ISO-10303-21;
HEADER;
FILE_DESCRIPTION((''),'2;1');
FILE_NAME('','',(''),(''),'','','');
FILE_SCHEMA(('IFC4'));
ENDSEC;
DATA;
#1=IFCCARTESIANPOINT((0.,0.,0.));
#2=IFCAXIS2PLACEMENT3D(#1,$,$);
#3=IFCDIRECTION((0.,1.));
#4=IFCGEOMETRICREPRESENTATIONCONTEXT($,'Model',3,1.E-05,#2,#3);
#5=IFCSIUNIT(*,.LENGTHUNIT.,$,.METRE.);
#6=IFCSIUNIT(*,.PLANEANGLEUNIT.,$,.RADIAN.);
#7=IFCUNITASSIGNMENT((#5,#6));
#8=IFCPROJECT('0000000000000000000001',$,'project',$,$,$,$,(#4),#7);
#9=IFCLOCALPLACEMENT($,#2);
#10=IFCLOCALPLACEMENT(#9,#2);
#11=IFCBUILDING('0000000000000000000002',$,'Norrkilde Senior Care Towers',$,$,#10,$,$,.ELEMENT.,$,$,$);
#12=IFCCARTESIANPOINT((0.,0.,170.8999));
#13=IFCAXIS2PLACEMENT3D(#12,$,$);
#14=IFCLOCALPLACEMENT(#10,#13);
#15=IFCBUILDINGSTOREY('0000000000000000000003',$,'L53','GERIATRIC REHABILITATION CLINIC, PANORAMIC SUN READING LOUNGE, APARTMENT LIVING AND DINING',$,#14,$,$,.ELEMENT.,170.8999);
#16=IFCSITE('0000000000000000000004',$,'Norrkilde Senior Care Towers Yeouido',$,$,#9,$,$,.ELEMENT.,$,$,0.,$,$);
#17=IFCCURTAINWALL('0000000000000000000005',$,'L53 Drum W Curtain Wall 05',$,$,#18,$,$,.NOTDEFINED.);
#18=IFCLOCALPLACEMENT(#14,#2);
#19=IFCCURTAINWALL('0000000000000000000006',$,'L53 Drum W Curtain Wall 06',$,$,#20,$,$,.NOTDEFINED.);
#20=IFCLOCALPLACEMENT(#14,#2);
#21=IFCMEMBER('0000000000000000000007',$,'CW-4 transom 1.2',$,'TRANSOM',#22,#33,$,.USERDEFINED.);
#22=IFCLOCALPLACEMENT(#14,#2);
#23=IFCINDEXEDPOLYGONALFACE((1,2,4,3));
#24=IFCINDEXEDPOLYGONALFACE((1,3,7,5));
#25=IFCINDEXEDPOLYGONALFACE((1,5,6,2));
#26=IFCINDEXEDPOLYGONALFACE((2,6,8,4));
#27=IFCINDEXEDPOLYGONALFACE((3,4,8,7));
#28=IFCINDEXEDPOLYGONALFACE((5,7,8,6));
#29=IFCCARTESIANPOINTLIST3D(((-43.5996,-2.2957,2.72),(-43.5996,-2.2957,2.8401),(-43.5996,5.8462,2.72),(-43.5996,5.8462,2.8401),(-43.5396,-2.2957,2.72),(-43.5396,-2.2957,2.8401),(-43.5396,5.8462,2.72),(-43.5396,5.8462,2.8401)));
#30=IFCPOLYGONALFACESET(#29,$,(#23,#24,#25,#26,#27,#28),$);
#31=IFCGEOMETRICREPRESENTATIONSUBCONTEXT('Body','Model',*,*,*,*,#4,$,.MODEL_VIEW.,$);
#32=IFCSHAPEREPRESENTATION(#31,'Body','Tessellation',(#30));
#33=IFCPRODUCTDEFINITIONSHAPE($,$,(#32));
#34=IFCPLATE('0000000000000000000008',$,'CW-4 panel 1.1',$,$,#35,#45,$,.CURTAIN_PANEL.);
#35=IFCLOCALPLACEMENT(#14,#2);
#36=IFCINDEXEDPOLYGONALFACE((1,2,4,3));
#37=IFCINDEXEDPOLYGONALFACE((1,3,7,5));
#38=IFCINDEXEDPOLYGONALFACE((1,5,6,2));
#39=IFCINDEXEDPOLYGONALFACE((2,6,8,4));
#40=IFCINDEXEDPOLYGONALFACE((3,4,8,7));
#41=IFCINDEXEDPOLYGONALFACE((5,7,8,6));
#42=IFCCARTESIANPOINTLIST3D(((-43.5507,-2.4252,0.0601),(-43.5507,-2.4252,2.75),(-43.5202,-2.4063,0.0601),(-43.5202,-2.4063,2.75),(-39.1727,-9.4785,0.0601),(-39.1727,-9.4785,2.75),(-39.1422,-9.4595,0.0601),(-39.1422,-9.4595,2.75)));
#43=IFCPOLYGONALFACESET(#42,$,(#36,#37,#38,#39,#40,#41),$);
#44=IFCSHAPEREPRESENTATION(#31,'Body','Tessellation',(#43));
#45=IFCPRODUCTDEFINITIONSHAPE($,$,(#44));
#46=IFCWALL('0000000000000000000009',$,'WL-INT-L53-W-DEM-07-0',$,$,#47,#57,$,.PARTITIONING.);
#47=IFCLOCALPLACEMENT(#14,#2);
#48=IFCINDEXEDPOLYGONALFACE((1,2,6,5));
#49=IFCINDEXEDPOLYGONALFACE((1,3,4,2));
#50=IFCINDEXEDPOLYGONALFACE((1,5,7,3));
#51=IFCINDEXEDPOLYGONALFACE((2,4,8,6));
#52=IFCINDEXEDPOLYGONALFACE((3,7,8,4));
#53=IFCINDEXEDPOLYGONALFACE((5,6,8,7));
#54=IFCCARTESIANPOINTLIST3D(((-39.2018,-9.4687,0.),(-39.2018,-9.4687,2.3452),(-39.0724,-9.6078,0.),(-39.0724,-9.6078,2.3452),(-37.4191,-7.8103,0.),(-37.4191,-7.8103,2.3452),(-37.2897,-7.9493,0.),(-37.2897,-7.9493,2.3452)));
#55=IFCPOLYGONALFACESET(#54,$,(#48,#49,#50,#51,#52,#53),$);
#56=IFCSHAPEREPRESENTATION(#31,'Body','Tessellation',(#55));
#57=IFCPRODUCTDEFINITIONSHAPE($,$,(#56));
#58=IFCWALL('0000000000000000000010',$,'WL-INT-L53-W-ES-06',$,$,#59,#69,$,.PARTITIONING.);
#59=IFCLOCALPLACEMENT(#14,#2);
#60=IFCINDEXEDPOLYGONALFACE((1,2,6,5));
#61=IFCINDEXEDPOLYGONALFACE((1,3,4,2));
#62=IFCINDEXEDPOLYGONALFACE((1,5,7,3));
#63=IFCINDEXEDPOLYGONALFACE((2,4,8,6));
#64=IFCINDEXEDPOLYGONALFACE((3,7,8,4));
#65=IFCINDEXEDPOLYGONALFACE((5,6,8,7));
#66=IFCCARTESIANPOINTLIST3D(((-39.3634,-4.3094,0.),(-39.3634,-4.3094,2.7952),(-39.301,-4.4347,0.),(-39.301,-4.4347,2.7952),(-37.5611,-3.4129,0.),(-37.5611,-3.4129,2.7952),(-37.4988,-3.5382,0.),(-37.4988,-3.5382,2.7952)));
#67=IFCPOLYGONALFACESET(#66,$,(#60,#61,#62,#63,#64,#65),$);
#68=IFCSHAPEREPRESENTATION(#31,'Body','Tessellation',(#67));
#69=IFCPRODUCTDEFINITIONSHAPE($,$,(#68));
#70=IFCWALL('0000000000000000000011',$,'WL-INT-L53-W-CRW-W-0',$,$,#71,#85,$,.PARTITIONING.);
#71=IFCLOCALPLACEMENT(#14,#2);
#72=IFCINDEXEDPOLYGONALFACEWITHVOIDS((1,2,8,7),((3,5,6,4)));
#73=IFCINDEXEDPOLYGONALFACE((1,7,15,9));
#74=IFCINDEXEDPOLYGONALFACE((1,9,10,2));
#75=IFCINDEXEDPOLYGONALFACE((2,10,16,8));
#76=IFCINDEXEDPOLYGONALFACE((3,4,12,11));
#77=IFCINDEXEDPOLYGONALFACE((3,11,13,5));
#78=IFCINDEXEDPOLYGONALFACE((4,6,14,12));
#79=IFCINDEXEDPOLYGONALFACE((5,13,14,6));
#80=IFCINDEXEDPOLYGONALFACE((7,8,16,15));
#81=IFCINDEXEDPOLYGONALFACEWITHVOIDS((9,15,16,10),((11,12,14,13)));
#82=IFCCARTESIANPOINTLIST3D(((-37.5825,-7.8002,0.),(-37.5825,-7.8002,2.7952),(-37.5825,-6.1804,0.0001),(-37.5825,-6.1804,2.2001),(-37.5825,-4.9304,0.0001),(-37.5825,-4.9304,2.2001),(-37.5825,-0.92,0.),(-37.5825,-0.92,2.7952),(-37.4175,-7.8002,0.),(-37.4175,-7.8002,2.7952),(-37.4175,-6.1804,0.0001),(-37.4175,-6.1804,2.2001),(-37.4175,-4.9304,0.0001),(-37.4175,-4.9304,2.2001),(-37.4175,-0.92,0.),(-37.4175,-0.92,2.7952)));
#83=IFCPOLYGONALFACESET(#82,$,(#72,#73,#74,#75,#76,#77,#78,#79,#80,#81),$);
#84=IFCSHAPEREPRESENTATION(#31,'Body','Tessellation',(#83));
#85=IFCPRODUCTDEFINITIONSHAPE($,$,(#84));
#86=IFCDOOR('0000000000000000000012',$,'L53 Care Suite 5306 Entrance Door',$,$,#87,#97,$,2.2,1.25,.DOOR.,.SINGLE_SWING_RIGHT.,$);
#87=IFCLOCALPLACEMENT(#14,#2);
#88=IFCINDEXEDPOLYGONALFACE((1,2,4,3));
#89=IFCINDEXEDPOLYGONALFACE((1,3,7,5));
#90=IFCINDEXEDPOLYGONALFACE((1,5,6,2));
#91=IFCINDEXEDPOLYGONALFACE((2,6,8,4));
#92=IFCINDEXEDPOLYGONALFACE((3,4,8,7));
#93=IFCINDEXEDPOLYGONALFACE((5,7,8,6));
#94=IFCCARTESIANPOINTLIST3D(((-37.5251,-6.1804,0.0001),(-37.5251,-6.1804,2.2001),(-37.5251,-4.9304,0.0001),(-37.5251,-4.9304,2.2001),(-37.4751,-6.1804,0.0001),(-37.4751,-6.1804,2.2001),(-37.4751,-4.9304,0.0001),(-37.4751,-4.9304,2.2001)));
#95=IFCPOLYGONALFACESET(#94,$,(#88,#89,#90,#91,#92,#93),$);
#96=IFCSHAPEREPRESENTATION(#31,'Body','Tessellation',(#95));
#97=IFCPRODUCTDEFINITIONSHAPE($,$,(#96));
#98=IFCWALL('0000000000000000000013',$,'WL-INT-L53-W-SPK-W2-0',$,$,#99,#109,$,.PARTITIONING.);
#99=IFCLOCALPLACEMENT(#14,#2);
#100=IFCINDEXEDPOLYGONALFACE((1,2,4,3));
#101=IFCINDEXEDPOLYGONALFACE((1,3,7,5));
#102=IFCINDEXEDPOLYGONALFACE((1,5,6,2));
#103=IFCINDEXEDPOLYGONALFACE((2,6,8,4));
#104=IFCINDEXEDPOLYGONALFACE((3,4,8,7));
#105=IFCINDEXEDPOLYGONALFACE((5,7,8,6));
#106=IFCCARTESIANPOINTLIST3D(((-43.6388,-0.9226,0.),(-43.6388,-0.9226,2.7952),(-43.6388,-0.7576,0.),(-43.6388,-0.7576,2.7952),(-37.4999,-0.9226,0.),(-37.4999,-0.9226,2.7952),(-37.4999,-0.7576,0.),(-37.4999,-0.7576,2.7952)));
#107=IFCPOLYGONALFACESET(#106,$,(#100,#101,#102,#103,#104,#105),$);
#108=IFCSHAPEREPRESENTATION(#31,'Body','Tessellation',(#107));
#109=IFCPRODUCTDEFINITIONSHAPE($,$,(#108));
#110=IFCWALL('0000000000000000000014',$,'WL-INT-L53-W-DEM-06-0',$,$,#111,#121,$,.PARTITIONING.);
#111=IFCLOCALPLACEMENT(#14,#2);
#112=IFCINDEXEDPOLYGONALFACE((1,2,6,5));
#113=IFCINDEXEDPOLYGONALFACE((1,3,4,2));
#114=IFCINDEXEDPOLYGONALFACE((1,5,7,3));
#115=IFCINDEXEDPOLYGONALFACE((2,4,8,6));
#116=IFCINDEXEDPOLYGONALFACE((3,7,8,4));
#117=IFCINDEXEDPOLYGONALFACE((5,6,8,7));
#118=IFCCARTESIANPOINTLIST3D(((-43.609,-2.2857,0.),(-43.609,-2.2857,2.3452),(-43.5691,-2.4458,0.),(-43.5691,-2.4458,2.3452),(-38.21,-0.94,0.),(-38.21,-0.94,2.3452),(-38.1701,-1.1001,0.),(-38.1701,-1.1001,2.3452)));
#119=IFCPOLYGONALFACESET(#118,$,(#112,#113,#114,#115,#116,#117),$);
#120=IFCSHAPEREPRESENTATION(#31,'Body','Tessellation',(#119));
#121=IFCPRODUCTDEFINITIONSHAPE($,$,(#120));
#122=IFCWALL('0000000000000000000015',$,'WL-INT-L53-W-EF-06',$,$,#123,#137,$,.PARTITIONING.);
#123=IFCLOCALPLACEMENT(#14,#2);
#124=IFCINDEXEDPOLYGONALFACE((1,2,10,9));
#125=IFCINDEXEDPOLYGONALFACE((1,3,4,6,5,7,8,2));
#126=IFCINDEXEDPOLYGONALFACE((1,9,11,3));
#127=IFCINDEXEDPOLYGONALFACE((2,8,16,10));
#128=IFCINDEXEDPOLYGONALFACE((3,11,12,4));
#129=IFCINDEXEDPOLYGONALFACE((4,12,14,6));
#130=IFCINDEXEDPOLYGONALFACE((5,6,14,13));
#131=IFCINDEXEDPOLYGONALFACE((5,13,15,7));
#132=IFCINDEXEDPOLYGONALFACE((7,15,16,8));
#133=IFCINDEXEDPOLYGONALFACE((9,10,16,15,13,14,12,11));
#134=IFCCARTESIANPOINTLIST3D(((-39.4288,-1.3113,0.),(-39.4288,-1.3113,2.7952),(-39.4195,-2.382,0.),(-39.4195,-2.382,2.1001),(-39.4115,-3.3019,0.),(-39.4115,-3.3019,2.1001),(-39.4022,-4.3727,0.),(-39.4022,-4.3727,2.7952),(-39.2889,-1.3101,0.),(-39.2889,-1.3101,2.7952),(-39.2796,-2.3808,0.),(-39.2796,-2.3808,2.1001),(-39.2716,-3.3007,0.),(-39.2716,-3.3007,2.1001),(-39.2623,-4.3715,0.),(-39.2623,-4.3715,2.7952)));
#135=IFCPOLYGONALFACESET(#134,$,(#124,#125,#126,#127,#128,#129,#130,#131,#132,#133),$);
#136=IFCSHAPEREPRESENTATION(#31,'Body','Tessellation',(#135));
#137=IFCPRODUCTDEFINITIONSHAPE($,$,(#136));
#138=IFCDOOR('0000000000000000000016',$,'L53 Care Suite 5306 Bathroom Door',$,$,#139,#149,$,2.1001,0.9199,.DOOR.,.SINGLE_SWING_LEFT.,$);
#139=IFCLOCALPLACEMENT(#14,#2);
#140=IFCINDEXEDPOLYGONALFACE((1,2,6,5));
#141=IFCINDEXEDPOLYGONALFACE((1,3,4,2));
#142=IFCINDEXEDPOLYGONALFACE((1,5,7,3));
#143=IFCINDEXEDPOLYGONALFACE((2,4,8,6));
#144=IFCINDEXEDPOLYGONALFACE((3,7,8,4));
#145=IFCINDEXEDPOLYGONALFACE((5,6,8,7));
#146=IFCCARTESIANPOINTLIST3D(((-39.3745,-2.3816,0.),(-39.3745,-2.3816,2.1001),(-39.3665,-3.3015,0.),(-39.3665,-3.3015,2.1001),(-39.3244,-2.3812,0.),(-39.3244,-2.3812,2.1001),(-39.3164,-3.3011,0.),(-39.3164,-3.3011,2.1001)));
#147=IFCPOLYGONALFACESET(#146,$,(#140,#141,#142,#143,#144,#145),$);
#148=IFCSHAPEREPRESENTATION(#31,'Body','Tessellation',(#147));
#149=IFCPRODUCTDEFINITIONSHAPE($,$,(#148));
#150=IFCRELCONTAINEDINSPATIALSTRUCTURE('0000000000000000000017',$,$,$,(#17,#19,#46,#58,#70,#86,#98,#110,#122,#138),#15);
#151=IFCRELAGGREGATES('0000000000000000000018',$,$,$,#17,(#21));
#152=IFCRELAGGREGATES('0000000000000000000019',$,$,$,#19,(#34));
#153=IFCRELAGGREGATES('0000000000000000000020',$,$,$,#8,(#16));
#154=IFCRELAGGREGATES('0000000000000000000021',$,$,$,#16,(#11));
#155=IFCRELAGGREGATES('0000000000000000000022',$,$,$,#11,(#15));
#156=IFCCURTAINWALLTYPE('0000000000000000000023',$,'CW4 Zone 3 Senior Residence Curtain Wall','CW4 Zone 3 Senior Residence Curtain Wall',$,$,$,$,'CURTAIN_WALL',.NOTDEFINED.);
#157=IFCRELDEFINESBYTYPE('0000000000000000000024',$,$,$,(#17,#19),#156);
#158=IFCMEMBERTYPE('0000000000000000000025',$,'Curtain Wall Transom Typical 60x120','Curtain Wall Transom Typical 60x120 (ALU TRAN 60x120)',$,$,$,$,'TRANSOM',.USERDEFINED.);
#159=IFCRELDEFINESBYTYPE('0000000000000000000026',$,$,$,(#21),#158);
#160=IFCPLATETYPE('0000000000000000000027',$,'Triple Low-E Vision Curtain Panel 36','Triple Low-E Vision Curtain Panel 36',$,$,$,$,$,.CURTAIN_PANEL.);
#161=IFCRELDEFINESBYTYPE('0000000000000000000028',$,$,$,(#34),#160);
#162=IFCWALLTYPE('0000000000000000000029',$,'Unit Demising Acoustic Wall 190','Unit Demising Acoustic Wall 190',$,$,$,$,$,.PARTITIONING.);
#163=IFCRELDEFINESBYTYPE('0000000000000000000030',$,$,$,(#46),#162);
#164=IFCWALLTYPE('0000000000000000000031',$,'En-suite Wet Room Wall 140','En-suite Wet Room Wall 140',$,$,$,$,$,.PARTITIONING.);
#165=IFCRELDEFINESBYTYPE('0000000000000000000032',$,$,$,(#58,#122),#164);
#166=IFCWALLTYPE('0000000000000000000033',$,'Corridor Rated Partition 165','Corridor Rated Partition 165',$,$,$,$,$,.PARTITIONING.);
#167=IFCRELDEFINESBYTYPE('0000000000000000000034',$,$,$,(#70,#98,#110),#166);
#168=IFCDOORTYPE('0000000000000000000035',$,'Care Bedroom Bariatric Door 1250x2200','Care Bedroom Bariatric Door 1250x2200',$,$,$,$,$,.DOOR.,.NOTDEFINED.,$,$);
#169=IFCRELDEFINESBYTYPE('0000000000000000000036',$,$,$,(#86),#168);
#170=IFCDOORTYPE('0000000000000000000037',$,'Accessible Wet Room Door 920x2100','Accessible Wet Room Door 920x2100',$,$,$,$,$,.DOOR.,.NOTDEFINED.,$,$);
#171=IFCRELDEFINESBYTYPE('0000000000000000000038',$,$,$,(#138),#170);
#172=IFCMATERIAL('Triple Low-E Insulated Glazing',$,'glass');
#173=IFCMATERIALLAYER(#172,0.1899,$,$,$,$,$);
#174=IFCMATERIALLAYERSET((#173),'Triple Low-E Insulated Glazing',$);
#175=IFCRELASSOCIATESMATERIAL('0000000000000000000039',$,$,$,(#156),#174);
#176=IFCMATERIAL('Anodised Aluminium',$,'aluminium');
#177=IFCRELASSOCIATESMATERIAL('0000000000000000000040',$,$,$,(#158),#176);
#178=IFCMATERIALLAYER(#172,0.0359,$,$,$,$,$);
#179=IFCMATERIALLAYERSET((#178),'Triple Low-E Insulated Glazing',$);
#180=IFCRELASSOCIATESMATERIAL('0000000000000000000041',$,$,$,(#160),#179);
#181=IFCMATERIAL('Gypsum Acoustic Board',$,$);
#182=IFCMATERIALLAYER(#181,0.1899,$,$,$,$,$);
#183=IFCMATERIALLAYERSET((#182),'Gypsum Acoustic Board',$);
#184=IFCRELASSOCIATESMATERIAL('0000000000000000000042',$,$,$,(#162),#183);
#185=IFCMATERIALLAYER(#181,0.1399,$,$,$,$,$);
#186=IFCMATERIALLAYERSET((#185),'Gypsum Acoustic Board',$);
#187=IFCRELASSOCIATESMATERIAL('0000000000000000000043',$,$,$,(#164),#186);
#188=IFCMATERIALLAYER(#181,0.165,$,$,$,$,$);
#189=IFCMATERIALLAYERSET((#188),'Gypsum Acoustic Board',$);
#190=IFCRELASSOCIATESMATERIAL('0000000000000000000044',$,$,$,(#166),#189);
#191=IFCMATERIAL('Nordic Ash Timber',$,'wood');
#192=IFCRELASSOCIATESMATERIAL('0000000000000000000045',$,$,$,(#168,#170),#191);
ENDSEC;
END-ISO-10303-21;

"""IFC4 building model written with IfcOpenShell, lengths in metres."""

from ifc_helpers import new_model, si_unit, direction, frame, frame_2d, origin, origin_2d, place, context, subcontext, project, spatial, rectangle, extrude, source, transform, mapped, material, layer, layer_set, material_profile, profile_set, type_object, type_shapes, element, fill, aggregate, save


model = new_model("IFC4")

# Units and contexts
model_context = context("Model", 3, precision=1e-05, world=origin(), true_north=direction((0.0, 1.0)))
body_context = subcontext(model_context, "Body", "Model", "MODEL_VIEW")
ifc_project = project(units=[si_unit("LENGTHUNIT", "METRE"), si_unit("PLANEANGLEUNIT", "RADIAN")], contexts=[model_context])

# Site, building, storey
site_placement = place(None, origin())
site = spatial("IfcSite", under=ifc_project, at=site_placement, Name="Norrkilde Senior Care Towers Yeouido", CompositionType="ELEMENT", RefElevation=0.0)
building_placement = place(site_placement, origin())
building = spatial("IfcBuilding", under=site, at=building_placement, Name="Norrkilde Senior Care Towers", CompositionType="ELEMENT")
storey_placement = place(building_placement, frame((0.0, 0.0, 170.8999)))
storey = spatial("IfcBuildingStorey", under=building, at=storey_placement, Name="L53", Description="GERIATRIC REHABILITATION CLINIC, PANORAMIC SUN READING LOUNGE, APARTMENT LIVING AND DINING", CompositionType="ELEMENT", Elevation=170.8999)

# Curtain wall
ifc_material_1 = material(Name="Triple Low-E Insulated Glazing", Category="glass")
ifc_layer_1 = layer(ifc_material_1, 0.1899)
ifc_layer_set_1 = layer_set([ifc_layer_1], Name="Triple Low-E Insulated Glazing")
curtain_wall_type = type_object("IfcCurtainWallType", Name="CW4 Zone 3 Senior Residence Curtain Wall", Description="CW4 Zone 3 Senior Residence Curtain Wall", ElementType="CURTAIN_WALL", PredefinedType="NOTDEFINED", material=ifc_layer_set_1)
curtain_wall_1_placement = place(storey_placement, origin())
curtain_wall_1 = element("IfcCurtainWall", 1, at=curtain_wall_1_placement, inside=storey, type_object=curtain_wall_type, Name="L53 Drum W Curtain Wall 05", PredefinedType="NOTDEFINED")
ifc_material_2 = material(Name="Anodised Aluminium", Category="aluminium")

# Curtain wall
curtain_wall_2_placement = place(storey_placement, origin())
curtain_wall_2 = element("IfcCurtainWall", 2, at=curtain_wall_2_placement, inside=storey, type_object=curtain_wall_type, Name="L53 Drum W Curtain Wall 06", PredefinedType="NOTDEFINED")
ifc_material_profile_1 = material_profile(ifc_material_2, rectangle(XDim=0.0601, YDim=0.1201, at=origin_2d()), Name="ALU TRAN 60x120")
ifc_profile_set_1 = profile_set([ifc_material_profile_1], Name="Anodised Aluminium")
member_type_1 = type_object("IfcMemberType", Name="Curtain Wall Transom Typical 60x120", Description="Curtain Wall Transom Typical 60x120 (ALU TRAN 60x120)", ElementType="TRANSOM", PredefinedType="USERDEFINED", material=ifc_profile_set_1)

# Member
shared_shape_1 = source(origin(), body_context, "Body", "SweptSolid", [
    extrude(rectangle(XDim=0.0601, YDim=0.1201, at=origin_2d()), origin(), (0.0, 0.0, 1.0), 8.1418),
])
member_1_placement = place(storey_placement, frame((-43.5696, -2.2957, 2.78), z_axis=(0.0, 1.0, 0.0), x_axis=(-1.0, 0.0, 0.0)))
member_1 = element("IfcMember", 3, at=member_1_placement, type_object=member_type_1, Name="CW-4 transom 1.2", ObjectType="TRANSOM", PredefinedType="USERDEFINED", context=body_context, shape_type="MappedRepresentation", body=[
    mapped(shared_shape_1, transform((0.0, 0.0, 0.0), x_axis=(1.0, 0.0, 0.0), y_axis=(0.0, 1.0, 0.0), z_axis=(0.0, 0.0, 1.0), scale=1.0)),
])
aggregate(curtain_wall_1, [member_1])

# Plate
ifc_layer_2 = layer(ifc_material_1, 0.0359)
ifc_layer_set_2 = layer_set([ifc_layer_2], Name="Triple Low-E Insulated Glazing")
plate_type = type_object("IfcPlateType", Name="Triple Low-E Vision Curtain Panel 36", Description="Triple Low-E Vision Curtain Panel 36", PredefinedType="CURTAIN_PANEL", material=ifc_layer_set_2)
shared_shape_2 = source(origin(), body_context, "Body", "SweptSolid", [
    extrude(rectangle(XDim=8.3015, YDim=0.0359, at=origin_2d()), origin(), (0.0, 0.0, 1.0), 2.6899),
])
type_shapes(plate_type, [shared_shape_2])
plate_placement = place(storey_placement, frame((-41.3464, -5.9424, 0.0601), z_axis=(0.0, 0.0, 1.0), x_axis=(-0.527373, 0.849634, 0.0)))
plate = element("IfcPlate", 4, at=plate_placement, type_object=plate_type, Name="CW-4 panel 1.1", PredefinedType="CURTAIN_PANEL", context=body_context, shape_type="MappedRepresentation", body=[
    mapped(shared_shape_2, transform((0.0, 0.0, 0.0), x_axis=(1.0, 0.0, 0.0), y_axis=(0.0, 1.0, 0.0), z_axis=(0.0, 0.0, 1.0), scale=1.0)),
])
aggregate(curtain_wall_2, [plate])

# Walls
ifc_material_3 = material(Name="Gypsum Acoustic Board")
ifc_layer_3 = layer(ifc_material_3, 0.1899)
ifc_layer_set_3 = layer_set([ifc_layer_3], Name="Gypsum Acoustic Board")
wall_type_1 = type_object("IfcWallType", Name="Unit Demising Acoustic Wall 190", Description="Unit Demising Acoustic Wall 190", PredefinedType="PARTITIONING", material=ifc_layer_set_3)
shared_shape_3 = source(origin(), body_context, "Body", "SweptSolid", [
    extrude(rectangle(XDim=2.4348, YDim=0.1899, at=frame_2d((1.2173, 0.0))), origin(), (0.0, 0.0, 1.0), 2.3452),
])
type_shapes(wall_type_1, [shared_shape_3])
wall_1_placement = place(storey_placement, frame((-37.3545, -7.8799, 0.0), z_axis=(0.0, 0.0, 1.0), x_axis=(-0.732165, -0.681128, 0.0)))
element("IfcWall", 5, at=wall_1_placement, inside=storey, type_object=wall_type_1, Name="WL-INT-L53-W-DEM-07-0", PredefinedType="PARTITIONING", context=body_context, shape_type="MappedRepresentation", body=[
    mapped(shared_shape_3, transform((0.0, 0.0, 0.0), x_axis=(1.0, 0.0, 0.0), y_axis=(0.0, 1.0, 0.0), z_axis=(0.0, 0.0, 1.0), scale=1.0)),
])
ifc_layer_4 = layer(ifc_material_3, 0.1399)
ifc_layer_set_4 = layer_set([ifc_layer_4], Name="Gypsum Acoustic Board")
wall_type_2 = type_object("IfcWallType", Name="En-suite Wet Room Wall 140", Description="En-suite Wet Room Wall 140", PredefinedType="PARTITIONING", material=ifc_layer_set_4)
shared_shape_4 = source(origin(), body_context, "Body", "SweptSolid", [
    extrude(rectangle(XDim=2.0129, YDim=0.1399, at=frame_2d((1.0063, 0.0))), origin(), (0.0, 0.0, 1.0), 2.7952),
])
wall_2_placement = place(storey_placement, frame((-37.53, -3.4756, 0.0), z_axis=(0.0, 0.0, 1.0), x_axis=(-0.895347, -0.445369, 0.0)))
element("IfcWall", 6, at=wall_2_placement, inside=storey, type_object=wall_type_2, Name="WL-INT-L53-W-ES-06", PredefinedType="PARTITIONING", context=body_context, shape_type="MappedRepresentation", body=[
    mapped(shared_shape_4, transform((0.0, 0.0, 0.0), x_axis=(1.0, 0.0, 0.0), y_axis=(0.0, 1.0, 0.0), z_axis=(0.0, 0.0, 1.0), scale=1.0)),
])

# Wall, opening, door
ifc_layer_5 = layer(ifc_material_3, 0.165)
ifc_layer_set_5 = layer_set([ifc_layer_5], Name="Gypsum Acoustic Board")
wall_type_3 = type_object("IfcWallType", Name="Corridor Rated Partition 165", Description="Corridor Rated Partition 165", PredefinedType="PARTITIONING", material=ifc_layer_set_5)
shared_shape_5 = source(origin(), body_context, "Body", "SweptSolid", [
    extrude(rectangle(XDim=6.8801, YDim=0.165, at=frame_2d((3.4399, 0.0))), origin(), (0.0, 0.0, 1.0), 2.7952),
])
wall_3_placement = place(storey_placement, frame((-37.5, -7.8, 0.0), z_axis=(0.0, 0.0, 1.0), x_axis=(0.0, 1.0, 0.0)))
wall_3 = element("IfcWall", 7, at=wall_3_placement, inside=storey, type_object=wall_type_3, Name="WL-INT-L53-W-CRW-W-0", PredefinedType="PARTITIONING", context=body_context, shape_type="MappedRepresentation", body=[
    mapped(shared_shape_5, transform((0.0, 0.0, 0.0), x_axis=(1.0, 0.0, 0.0), y_axis=(0.0, 1.0, 0.0), z_axis=(0.0, 0.0, 1.0), scale=1.0)),
])
opening_1_placement = place(wall_3_placement, frame((1.6196, 0.0, 0.0)))
opening_1 = element("IfcOpeningElement", 8, at=opening_1_placement, cuts=wall_3, PredefinedType="OPENING", context=body_context, shape_type="SweptSolid", body=[
    extrude(rectangle(XDim=1.25, YDim=2.2, at=frame_2d((0.625, 1.1001))), frame((0.0, 0.0925, 0.0), z_axis=(0.0, -1.0, 0.0), x_axis=(1.0, 0.0, 0.0)), (0.0, 0.0, 1.0), 0.1851),
])
ifc_material_4 = material(Name="Nordic Ash Timber", Category="wood")
door_type_1 = type_object("IfcDoorType", Name="Care Bedroom Bariatric Door 1250x2200", Description="Care Bedroom Bariatric Door 1250x2200", OperationType="NOTDEFINED", PredefinedType="DOOR", material=ifc_material_4)
shared_shape_6 = source(origin(), body_context, "Body", "SweptSolid", [
    extrude(rectangle(XDim=1.25, YDim=2.2, at=frame_2d((0.625, 1.1001))), frame((0.0, 0.0249, 0.0), z_axis=(0.0, -1.0, 0.0), x_axis=(1.0, 0.0, 0.0)), (0.0, 0.0, 1.0), 0.05),
])
type_shapes(door_type_1, [shared_shape_6])
door_1_placement = place(opening_1_placement, frame((1.25, 0.0, 0.0), z_axis=(0.0, 0.0, 1.0), x_axis=(-1.0, 0.0, 0.0)))
door_1 = element("IfcDoor", 9, at=door_1_placement, inside=storey, type_object=door_type_1, Name="L53 Care Suite 5306 Entrance Door", OperationType="SINGLE_SWING_RIGHT", OverallHeight=2.2, OverallWidth=1.25, PredefinedType="DOOR", context=body_context, shape_type="MappedRepresentation", body=[
    mapped(shared_shape_6, transform((0.0, 0.0, 0.0), x_axis=(1.0, 0.0, 0.0), y_axis=(0.0, 1.0, 0.0), z_axis=(0.0, 0.0, 1.0), scale=1.0)),
])
fill(opening_1, door_1)

# Walls
shared_shape_7 = source(origin(), body_context, "Body", "SweptSolid", [
    extrude(rectangle(XDim=6.1389, YDim=0.165, at=frame_2d((3.0693, 0.0))), origin(), (0.0, 0.0, 1.0), 2.7952),
])
wall_4_placement = place(storey_placement, frame((-37.5, -0.8401, 0.0), z_axis=(0.0, 0.0, 1.0), x_axis=(-1.0, 0.0, 0.0)))
element("IfcWall", 10, at=wall_4_placement, inside=storey, type_object=wall_type_3, Name="WL-INT-L53-W-SPK-W2-0", PredefinedType="PARTITIONING", context=body_context, shape_type="MappedRepresentation", body=[
    mapped(shared_shape_7, transform((0.0, 0.0, 0.0), x_axis=(1.0, 0.0, 0.0), y_axis=(0.0, 1.0, 0.0), z_axis=(0.0, 0.0, 1.0), scale=1.0)),
])
shared_shape_8 = source(origin(), body_context, "Body", "SweptSolid", [
    extrude(rectangle(XDim=5.5642, YDim=0.165, at=frame_2d((2.7822, 0.0))), origin(), (0.0, 0.0, 1.0), 2.3452),
])
type_shapes(wall_type_3, [shared_shape_5, shared_shape_7, shared_shape_8])
wall_5_placement = place(storey_placement, frame((-38.1899, -1.02, 0.0), z_axis=(0.0, 0.0, 1.0), x_axis=(-0.970313, -0.241854, 0.0)))
element("IfcWall", 11, at=wall_5_placement, inside=storey, type_object=wall_type_3, Name="WL-INT-L53-W-DEM-06-0", PredefinedType="PARTITIONING", context=body_context, shape_type="MappedRepresentation", body=[
    mapped(shared_shape_8, transform((0.0, 0.0, 0.0), x_axis=(1.0, 0.0, 0.0), y_axis=(0.0, 1.0, 0.0), z_axis=(0.0, 0.0, 1.0), scale=1.0)),
])

# Wall, opening, door
shared_shape_9 = source(origin(), body_context, "Body", "SweptSolid", [
    extrude(rectangle(XDim=3.0615, YDim=0.1399, at=frame_2d((1.5308, 0.0))), origin(), (0.0, 0.0, 1.0), 2.7952),
])
type_shapes(wall_type_2, [shared_shape_4, shared_shape_9])
wall_6_placement = place(storey_placement, frame((-39.3323, -4.3721, 0.0), z_axis=(0.0, 0.0, 1.0), x_axis=(-0.008692, 0.999962, 0.0)))
wall_6 = element("IfcWall", 12, at=wall_6_placement, inside=storey, type_object=wall_type_2, Name="WL-INT-L53-W-EF-06", PredefinedType="PARTITIONING", context=body_context, shape_type="MappedRepresentation", body=[
    mapped(shared_shape_9, transform((0.0, 0.0, 0.0), x_axis=(1.0, 0.0, 0.0), y_axis=(0.0, 1.0, 0.0), z_axis=(0.0, 0.0, 1.0), scale=1.0)),
])
opening_2_placement = place(wall_6_placement, frame((1.0708, 0.0, 0.0)))
opening_2 = element("IfcOpeningElement", 13, at=opening_2_placement, cuts=wall_6, PredefinedType="OPENING", context=body_context, shape_type="SweptSolid", body=[
    extrude(rectangle(XDim=0.9199, YDim=2.1001, at=frame_2d((0.46, 1.05))), frame((0.0, 0.0798, 0.0), z_axis=(0.0, -1.0, 0.0), x_axis=(1.0, 0.0, 0.0)), (0.0, 0.0, 1.0), 0.1599),
])
door_type_2 = type_object("IfcDoorType", Name="Accessible Wet Room Door 920x2100", Description="Accessible Wet Room Door 920x2100", OperationType="NOTDEFINED", PredefinedType="DOOR", material=ifc_material_4)
shared_shape_10 = source(origin(), body_context, "Body", "SweptSolid", [
    extrude(rectangle(XDim=0.9199, YDim=2.1001, at=frame_2d((0.46, 1.05))), frame((0.0, 0.0249, 0.0), z_axis=(0.0, -1.0, 0.0), x_axis=(1.0, 0.0, 0.0)), (0.0, 0.0, 1.0), 0.05),
])
type_shapes(door_type_2, [shared_shape_10])
door_2_placement = place(opening_2_placement, origin())
door_2 = element("IfcDoor", 14, at=door_2_placement, inside=storey, type_object=door_type_2, Name="L53 Care Suite 5306 Bathroom Door", OperationType="SINGLE_SWING_LEFT", OverallHeight=2.1001, OverallWidth=0.9199, PredefinedType="DOOR", context=body_context, shape_type="MappedRepresentation", body=[
    mapped(shared_shape_10, transform((0.0, 0.0, 0.0), x_axis=(1.0, 0.0, 0.0), y_axis=(0.0, 1.0, 0.0), z_axis=(0.0, 0.0, 1.0), scale=1.0)),
])
fill(opening_2, door_2)

save(model, "model.ifc")
